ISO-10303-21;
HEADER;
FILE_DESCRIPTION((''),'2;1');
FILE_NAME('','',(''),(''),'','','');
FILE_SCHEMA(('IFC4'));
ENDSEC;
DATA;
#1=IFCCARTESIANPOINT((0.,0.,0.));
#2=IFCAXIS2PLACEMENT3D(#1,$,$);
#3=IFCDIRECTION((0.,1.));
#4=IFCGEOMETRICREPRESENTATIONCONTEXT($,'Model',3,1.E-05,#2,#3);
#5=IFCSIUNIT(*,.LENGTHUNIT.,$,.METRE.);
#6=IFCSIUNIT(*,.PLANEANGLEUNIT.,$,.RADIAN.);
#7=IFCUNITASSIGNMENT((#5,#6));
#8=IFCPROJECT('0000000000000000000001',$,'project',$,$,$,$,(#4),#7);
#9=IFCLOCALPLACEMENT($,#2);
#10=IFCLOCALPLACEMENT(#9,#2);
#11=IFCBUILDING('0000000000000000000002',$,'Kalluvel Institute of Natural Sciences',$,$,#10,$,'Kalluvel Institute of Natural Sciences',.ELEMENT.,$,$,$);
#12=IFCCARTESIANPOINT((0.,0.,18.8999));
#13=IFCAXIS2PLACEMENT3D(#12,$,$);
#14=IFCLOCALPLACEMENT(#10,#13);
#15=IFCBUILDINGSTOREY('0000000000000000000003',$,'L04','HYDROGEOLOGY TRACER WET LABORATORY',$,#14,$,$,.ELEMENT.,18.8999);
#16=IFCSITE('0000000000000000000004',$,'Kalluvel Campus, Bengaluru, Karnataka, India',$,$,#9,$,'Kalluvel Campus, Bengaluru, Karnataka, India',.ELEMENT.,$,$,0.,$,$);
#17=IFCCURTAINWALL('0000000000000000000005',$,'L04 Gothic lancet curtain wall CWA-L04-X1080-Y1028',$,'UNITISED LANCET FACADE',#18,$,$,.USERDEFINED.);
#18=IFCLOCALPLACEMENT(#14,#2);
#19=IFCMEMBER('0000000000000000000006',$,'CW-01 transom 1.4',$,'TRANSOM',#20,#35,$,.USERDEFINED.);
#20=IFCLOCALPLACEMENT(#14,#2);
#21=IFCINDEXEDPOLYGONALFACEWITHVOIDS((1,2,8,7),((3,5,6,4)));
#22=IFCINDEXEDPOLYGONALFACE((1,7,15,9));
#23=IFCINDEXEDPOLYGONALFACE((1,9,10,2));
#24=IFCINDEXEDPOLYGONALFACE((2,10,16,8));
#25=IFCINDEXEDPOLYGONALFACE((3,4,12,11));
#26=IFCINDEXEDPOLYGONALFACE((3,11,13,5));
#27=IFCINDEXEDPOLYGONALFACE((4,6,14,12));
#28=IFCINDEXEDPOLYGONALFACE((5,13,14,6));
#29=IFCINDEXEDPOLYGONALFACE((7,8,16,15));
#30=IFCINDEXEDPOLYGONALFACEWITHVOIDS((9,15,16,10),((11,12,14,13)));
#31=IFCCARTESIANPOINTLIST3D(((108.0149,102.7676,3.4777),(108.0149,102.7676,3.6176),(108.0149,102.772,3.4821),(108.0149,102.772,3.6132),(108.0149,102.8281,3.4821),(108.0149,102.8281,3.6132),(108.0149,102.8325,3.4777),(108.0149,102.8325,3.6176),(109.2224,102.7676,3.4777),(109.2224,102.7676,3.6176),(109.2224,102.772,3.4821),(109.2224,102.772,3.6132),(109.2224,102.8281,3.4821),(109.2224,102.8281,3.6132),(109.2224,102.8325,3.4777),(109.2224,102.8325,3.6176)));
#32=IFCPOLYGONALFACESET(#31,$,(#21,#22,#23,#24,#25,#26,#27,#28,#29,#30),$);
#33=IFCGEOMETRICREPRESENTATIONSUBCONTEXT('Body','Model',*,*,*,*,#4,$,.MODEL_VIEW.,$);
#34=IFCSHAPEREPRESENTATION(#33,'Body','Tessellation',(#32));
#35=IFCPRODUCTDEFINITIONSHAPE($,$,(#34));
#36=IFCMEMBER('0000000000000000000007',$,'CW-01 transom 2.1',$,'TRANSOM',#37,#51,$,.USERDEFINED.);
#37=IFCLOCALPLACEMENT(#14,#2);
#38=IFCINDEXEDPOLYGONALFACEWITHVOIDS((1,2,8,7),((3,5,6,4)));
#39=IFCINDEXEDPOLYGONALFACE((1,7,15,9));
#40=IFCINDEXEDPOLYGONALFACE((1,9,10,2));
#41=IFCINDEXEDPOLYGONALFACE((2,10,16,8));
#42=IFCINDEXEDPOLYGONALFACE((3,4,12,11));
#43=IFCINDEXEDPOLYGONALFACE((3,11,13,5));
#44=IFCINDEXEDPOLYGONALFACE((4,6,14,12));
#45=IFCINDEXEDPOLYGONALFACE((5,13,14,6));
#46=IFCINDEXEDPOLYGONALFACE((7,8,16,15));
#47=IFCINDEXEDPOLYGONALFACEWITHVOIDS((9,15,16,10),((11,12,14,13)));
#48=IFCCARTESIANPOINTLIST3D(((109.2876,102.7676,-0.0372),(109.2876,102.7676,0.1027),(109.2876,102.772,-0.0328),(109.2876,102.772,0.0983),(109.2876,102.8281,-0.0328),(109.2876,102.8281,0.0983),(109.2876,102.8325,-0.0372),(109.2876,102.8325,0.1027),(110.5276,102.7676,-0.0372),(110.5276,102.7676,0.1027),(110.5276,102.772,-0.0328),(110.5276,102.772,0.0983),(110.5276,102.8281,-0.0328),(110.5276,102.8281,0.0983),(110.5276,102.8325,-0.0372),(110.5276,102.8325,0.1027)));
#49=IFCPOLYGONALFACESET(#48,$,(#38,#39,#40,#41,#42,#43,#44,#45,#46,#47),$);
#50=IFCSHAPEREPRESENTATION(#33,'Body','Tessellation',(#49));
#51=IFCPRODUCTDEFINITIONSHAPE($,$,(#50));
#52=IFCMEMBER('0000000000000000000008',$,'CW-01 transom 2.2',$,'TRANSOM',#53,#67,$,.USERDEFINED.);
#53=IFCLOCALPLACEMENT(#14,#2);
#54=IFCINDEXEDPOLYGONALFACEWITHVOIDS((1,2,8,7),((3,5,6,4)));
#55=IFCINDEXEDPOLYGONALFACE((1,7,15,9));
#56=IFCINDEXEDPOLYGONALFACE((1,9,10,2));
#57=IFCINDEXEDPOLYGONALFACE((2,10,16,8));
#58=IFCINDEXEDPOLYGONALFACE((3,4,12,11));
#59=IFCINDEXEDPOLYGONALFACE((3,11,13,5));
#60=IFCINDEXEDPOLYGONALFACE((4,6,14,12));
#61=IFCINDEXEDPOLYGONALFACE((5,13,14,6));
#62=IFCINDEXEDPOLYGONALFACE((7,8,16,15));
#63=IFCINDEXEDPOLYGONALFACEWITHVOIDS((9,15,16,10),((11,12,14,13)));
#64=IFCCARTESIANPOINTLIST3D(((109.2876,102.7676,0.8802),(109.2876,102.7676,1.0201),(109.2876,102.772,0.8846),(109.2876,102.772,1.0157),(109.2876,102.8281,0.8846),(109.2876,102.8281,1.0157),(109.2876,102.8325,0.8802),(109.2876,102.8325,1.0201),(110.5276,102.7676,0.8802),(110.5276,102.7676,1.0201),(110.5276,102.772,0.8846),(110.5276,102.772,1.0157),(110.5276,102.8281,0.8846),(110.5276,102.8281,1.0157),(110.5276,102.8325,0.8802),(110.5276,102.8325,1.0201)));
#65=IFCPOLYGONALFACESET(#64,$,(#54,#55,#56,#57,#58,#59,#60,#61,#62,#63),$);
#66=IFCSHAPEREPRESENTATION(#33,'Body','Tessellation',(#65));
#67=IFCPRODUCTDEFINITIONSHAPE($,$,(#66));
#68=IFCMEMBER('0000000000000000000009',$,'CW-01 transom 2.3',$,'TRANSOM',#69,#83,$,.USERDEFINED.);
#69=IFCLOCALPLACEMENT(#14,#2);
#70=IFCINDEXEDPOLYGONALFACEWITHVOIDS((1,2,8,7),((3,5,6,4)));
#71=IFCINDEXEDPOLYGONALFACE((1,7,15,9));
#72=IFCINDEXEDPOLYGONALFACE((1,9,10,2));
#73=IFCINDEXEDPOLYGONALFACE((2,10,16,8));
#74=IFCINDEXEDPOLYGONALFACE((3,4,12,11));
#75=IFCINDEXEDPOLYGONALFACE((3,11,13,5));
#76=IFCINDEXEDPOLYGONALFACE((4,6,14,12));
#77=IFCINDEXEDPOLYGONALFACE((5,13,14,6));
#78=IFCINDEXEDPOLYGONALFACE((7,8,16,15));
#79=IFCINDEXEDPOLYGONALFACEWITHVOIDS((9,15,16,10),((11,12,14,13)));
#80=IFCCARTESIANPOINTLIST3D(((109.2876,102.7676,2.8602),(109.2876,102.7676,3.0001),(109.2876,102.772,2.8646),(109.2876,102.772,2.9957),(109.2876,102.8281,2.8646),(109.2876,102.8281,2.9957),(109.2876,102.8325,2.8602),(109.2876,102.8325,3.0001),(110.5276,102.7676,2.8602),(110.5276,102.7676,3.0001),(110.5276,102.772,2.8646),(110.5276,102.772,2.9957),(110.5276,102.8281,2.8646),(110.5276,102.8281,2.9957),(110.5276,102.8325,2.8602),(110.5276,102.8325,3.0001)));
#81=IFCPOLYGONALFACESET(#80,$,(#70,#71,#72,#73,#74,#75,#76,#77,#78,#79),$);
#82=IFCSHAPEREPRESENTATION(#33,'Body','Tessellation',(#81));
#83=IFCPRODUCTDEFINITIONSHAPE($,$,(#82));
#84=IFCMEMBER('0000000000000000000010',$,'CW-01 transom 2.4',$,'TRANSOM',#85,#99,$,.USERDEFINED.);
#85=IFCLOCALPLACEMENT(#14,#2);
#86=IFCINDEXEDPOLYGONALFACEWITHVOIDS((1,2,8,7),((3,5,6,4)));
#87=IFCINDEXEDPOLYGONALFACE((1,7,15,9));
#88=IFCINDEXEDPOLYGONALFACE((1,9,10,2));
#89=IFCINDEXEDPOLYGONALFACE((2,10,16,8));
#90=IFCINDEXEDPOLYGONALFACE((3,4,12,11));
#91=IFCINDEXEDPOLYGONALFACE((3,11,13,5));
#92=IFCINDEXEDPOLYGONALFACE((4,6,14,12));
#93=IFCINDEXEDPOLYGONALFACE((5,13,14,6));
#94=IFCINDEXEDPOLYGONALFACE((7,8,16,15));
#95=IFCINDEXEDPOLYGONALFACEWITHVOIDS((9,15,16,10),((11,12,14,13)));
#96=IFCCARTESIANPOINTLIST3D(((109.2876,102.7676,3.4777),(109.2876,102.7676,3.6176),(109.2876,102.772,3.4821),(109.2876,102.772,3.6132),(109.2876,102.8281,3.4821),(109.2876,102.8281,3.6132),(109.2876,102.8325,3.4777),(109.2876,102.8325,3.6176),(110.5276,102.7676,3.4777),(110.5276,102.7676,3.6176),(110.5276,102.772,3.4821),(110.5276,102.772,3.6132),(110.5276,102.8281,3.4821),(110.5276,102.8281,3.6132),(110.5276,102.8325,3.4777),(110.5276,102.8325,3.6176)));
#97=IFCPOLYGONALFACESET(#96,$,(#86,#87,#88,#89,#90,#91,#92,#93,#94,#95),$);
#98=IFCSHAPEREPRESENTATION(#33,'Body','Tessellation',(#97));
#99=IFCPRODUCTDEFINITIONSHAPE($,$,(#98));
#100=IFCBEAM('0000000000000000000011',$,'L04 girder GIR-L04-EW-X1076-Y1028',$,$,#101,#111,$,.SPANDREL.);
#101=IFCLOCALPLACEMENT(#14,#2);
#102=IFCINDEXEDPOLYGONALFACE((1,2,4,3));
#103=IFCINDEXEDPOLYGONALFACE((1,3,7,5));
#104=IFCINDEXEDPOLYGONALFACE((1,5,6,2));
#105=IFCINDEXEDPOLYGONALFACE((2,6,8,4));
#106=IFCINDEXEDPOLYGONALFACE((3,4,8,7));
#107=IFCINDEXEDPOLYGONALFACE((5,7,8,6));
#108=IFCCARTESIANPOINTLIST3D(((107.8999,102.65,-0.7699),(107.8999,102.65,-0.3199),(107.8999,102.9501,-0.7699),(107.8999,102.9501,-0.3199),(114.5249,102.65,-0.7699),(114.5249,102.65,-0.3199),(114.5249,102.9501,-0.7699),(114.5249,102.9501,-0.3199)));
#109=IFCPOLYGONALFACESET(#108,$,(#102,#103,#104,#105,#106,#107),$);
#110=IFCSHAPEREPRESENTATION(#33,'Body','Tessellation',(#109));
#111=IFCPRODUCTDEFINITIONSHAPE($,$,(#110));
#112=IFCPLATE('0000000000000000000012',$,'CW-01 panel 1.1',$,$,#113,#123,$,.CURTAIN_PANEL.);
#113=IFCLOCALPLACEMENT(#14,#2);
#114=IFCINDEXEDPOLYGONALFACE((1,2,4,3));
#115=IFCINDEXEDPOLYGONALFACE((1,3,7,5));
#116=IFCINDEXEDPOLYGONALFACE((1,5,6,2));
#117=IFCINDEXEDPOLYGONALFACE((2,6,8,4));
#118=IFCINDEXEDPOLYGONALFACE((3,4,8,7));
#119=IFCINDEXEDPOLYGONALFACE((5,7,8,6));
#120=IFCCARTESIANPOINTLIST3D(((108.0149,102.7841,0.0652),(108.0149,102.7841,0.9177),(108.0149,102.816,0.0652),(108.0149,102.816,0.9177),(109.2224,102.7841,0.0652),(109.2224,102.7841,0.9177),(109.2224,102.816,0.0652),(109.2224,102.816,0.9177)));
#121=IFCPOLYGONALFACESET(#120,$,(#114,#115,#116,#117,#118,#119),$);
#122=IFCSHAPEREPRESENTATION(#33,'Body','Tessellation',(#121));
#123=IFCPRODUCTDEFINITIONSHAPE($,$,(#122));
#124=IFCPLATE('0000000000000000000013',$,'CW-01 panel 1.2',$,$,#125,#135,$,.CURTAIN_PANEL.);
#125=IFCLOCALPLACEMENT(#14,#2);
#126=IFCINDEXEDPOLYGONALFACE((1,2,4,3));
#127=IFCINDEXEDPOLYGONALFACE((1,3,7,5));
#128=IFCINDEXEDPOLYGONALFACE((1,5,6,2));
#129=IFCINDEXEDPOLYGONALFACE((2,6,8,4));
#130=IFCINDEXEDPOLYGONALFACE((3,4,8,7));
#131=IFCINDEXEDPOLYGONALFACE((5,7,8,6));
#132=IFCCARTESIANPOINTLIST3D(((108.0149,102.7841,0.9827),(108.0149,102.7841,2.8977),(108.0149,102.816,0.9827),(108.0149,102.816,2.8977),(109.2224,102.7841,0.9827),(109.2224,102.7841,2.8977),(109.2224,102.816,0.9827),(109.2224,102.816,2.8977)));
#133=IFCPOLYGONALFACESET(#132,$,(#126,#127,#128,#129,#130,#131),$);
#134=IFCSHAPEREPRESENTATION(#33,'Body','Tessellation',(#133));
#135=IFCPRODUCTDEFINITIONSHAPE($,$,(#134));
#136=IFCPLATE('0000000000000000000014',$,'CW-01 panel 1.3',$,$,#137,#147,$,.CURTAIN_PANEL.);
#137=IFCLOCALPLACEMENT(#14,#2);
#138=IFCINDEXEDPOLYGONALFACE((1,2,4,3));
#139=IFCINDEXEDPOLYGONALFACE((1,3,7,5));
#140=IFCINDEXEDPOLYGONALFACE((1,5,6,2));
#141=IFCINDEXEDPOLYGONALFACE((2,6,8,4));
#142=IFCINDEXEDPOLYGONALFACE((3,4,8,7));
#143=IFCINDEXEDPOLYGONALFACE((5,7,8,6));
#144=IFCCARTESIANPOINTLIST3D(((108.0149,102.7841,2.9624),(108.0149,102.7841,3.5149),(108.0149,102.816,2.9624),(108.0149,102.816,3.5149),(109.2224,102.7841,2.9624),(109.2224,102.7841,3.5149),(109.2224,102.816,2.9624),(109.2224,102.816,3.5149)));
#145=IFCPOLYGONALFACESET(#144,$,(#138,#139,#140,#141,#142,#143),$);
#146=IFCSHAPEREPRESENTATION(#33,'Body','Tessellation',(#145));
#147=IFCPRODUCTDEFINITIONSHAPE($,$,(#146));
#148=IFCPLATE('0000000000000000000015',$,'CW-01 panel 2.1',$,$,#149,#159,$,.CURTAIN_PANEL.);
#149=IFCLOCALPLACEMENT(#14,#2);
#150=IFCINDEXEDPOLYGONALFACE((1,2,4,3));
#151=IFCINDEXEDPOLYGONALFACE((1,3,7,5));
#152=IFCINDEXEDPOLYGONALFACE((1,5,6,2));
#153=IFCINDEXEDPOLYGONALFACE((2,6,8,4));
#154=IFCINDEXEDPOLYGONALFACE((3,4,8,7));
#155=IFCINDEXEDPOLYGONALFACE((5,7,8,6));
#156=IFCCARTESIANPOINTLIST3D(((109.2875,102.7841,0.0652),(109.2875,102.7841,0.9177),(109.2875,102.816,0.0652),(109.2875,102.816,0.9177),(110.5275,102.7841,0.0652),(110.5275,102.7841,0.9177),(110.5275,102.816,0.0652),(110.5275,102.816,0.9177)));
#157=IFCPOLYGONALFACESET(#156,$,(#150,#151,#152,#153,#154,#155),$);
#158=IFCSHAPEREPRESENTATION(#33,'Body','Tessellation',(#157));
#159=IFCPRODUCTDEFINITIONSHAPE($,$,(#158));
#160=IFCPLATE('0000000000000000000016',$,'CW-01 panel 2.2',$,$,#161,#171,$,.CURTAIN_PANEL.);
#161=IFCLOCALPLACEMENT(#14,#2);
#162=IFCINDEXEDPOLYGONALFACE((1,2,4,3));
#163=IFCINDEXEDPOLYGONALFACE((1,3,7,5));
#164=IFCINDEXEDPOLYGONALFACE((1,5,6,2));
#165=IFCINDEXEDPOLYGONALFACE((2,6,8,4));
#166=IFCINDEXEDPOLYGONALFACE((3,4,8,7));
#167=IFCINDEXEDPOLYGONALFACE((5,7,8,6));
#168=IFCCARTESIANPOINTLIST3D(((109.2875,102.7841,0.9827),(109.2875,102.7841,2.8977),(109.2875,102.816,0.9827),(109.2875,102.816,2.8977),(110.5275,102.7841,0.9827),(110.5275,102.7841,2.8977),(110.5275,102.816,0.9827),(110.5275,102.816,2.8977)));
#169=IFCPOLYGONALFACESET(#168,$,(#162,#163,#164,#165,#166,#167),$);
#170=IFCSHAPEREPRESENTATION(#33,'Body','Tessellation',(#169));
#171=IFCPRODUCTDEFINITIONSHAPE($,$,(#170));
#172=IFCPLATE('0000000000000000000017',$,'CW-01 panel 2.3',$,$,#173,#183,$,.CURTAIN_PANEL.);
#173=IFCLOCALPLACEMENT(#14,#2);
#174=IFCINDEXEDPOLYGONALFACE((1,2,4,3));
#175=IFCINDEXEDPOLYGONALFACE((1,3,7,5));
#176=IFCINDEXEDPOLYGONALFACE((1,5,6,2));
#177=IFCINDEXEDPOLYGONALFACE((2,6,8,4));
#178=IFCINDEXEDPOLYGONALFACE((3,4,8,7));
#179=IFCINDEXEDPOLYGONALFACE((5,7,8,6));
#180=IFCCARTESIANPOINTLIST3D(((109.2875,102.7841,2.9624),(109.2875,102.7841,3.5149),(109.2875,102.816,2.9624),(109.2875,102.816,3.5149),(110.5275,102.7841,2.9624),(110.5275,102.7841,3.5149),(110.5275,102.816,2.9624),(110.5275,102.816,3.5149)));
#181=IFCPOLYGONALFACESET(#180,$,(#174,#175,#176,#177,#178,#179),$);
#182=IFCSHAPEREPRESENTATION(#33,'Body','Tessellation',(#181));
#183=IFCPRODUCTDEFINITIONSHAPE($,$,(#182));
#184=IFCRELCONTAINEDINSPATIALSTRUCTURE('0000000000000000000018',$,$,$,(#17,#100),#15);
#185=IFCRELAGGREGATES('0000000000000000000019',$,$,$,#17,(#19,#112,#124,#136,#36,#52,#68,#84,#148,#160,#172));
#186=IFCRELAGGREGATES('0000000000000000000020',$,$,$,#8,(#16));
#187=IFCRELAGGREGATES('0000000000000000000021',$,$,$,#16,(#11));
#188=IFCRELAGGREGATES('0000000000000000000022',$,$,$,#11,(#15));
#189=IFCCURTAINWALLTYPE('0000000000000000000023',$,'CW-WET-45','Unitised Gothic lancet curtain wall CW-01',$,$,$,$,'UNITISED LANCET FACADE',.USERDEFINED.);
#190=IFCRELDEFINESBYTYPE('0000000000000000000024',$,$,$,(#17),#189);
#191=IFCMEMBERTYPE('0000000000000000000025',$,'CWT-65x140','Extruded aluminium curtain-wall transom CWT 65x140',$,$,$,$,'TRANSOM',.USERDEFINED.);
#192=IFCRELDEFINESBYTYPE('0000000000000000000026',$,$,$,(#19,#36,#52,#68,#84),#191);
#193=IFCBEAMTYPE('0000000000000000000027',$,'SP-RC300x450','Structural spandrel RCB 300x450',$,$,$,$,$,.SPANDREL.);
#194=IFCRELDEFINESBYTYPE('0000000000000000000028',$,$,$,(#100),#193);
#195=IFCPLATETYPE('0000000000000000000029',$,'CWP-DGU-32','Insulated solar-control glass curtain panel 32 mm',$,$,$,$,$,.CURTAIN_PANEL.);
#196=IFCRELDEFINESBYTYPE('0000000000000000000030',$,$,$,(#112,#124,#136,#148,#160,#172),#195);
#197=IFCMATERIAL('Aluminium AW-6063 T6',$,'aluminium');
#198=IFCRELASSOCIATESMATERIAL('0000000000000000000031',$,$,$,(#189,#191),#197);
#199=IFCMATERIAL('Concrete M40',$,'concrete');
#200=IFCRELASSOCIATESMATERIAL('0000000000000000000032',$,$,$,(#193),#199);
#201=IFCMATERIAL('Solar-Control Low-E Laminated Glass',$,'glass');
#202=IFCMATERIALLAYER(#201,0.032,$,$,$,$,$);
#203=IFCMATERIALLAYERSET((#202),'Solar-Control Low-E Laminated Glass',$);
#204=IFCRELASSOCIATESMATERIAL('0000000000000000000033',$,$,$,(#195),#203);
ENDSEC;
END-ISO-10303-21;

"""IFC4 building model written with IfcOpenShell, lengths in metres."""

from ifc_helpers import new_model, si_unit, direction, frame, origin, origin_2d, place, context, subcontext, project, spatial, rectangle, hollow_rectangle, extrude, material, layer, layer_set, material_profile, profile_set, type_object, element, aggregate, save


model = new_model("IFC4")

# Units and contexts
model_context = context("Model", 3, precision=1e-05, world=origin(), true_north=direction((0.0, 1.0)))
body_context = subcontext(model_context, "Body", "Model", "MODEL_VIEW")
ifc_project = project(units=[si_unit("LENGTHUNIT", "METRE"), si_unit("PLANEANGLEUNIT", "RADIAN")], contexts=[model_context])

# Site, building, storey
site_placement = place(None, origin())
site = spatial("IfcSite", under=ifc_project, at=site_placement, Name="Kalluvel Campus, Bengaluru, Karnataka, India", LongName="Kalluvel Campus, Bengaluru, Karnataka, India", CompositionType="ELEMENT", RefElevation=0.0)
building_placement = place(site_placement, origin())
building = spatial("IfcBuilding", under=site, at=building_placement, Name="Kalluvel Institute of Natural Sciences", LongName="Kalluvel Institute of Natural Sciences", CompositionType="ELEMENT")
storey_placement = place(building_placement, frame((0.0, 0.0, 18.8999)))
storey = spatial("IfcBuildingStorey", under=building, at=storey_placement, Name="L04", Description="HYDROGEOLOGY TRACER WET LABORATORY", CompositionType="ELEMENT", Elevation=18.8999)

# Shared definitions
ifc_material_1 = material(Name="Concrete M40", Category="concrete")

# Curtain wall, members
ifc_material_2 = material(Name="Aluminium AW-6063 T6", Category="aluminium")
curtain_wall_type = type_object("IfcCurtainWallType", Name="CW-WET-45", Description="Unitised Gothic lancet curtain wall CW-01", ElementType="UNITISED LANCET FACADE", PredefinedType="USERDEFINED", material=ifc_material_2)
curtain_wall_placement = place(storey_placement, origin())
curtain_wall = element("IfcCurtainWall", 1, at=curtain_wall_placement, inside=storey, type_object=curtain_wall_type, Name="L04 Gothic lancet curtain wall CWA-L04-X1080-Y1028", ObjectType="UNITISED LANCET FACADE", PredefinedType="USERDEFINED")
ifc_material_profile_1 = material_profile(ifc_material_2, hollow_rectangle(XDim=0.0649, YDim=0.1399, WallThickness=0.0044, at=origin_2d()), Name="CWT 65x140")
ifc_profile_set_1 = profile_set([ifc_material_profile_1], Name="Aluminium AW-6063 T6")
member_type_1 = type_object("IfcMemberType", Name="CWT-65x140", Description="Extruded aluminium curtain-wall transom CWT 65x140", ElementType="TRANSOM", PredefinedType="USERDEFINED", material=ifc_profile_set_1)
member_1_placement = place(storey_placement, frame((108.0149, 102.8, 3.5476), z_axis=(1.0, 0.0, 0.0), x_axis=(0.0, 1.0, 0.0)))
member_1 = element("IfcMember", 2, at=member_1_placement, type_object=member_type_1, Name="CW-01 transom 1.4", ObjectType="TRANSOM", PredefinedType="USERDEFINED", context=body_context, shape_type="SweptSolid", body=[
    extrude(hollow_rectangle(XDim=0.0649, YDim=0.1399, WallThickness=0.0044, at=origin_2d()), origin(), (0.0, 0.0, 1.0), 1.2075),
])
member_2_placement = place(storey_placement, frame((109.2876, 102.8, 0.0327), z_axis=(1.0, 0.0, 0.0), x_axis=(0.0, 1.0, 0.0)))
member_2 = element("IfcMember", 3, at=member_2_placement, type_object=member_type_1, Name="CW-01 transom 2.1", ObjectType="TRANSOM", PredefinedType="USERDEFINED", context=body_context, shape_type="SweptSolid", body=[
    extrude(hollow_rectangle(XDim=0.0649, YDim=0.1399, WallThickness=0.0044, at=origin_2d()), origin(), (0.0, 0.0, 1.0), 1.24),
])
member_3_placement = place(storey_placement, frame((109.2876, 102.8, 0.9502), z_axis=(1.0, 0.0, 0.0), x_axis=(0.0, 1.0, 0.0)))
member_3 = element("IfcMember", 4, at=member_3_placement, type_object=member_type_1, Name="CW-01 transom 2.2", ObjectType="TRANSOM", PredefinedType="USERDEFINED", context=body_context, shape_type="SweptSolid", body=[
    extrude(hollow_rectangle(XDim=0.0649, YDim=0.1399, WallThickness=0.0044, at=origin_2d()), origin(), (0.0, 0.0, 1.0), 1.24),
])
member_4_placement = place(storey_placement, frame((109.2876, 102.8, 2.9302), z_axis=(1.0, 0.0, 0.0), x_axis=(0.0, 1.0, 0.0)))
member_4 = element("IfcMember", 5, at=member_4_placement, type_object=member_type_1, Name="CW-01 transom 2.3", ObjectType="TRANSOM", PredefinedType="USERDEFINED", context=body_context, shape_type="SweptSolid", body=[
    extrude(hollow_rectangle(XDim=0.0649, YDim=0.1399, WallThickness=0.0044, at=origin_2d()), origin(), (0.0, 0.0, 1.0), 1.24),
])
member_5_placement = place(storey_placement, frame((109.2876, 102.8, 3.5476), z_axis=(1.0, 0.0, 0.0), x_axis=(0.0, 1.0, 0.0)))
member_5 = element("IfcMember", 6, at=member_5_placement, type_object=member_type_1, Name="CW-01 transom 2.4", ObjectType="TRANSOM", PredefinedType="USERDEFINED", context=body_context, shape_type="SweptSolid", body=[
    extrude(hollow_rectangle(XDim=0.0649, YDim=0.1399, WallThickness=0.0044, at=origin_2d()), origin(), (0.0, 0.0, 1.0), 1.24),
])

# Beam
ifc_material_profile_2 = material_profile(ifc_material_1, rectangle(XDim=0.3, YDim=0.45, at=origin_2d()), Name="RCB 300x450")
ifc_profile_set_2 = profile_set([ifc_material_profile_2], Name="Concrete M40")
beam_type_1 = type_object("IfcBeamType", Name="SP-RC300x450", Description="Structural spandrel RCB 300x450", PredefinedType="SPANDREL", material=ifc_profile_set_2)
beam_1_placement = place(storey_placement, frame((107.8999, 102.8, -0.5449), z_axis=(1.0, 0.0, 0.0), x_axis=(0.0, 1.0, 0.0)))
element("IfcBeam", 7, at=beam_1_placement, inside=storey, type_object=beam_type_1, Name="L04 girder GIR-L04-EW-X1076-Y1028", PredefinedType="SPANDREL", context=body_context, shape_type="SweptSolid", body=[
    extrude(rectangle(XDim=0.3, YDim=0.45, at=origin_2d()), origin(), (0.0, 0.0, 1.0), 6.625),
])

# Plates
ifc_material_3 = material(Name="Solar-Control Low-E Laminated Glass", Category="glass")
ifc_layer = layer(ifc_material_3, 0.032)
ifc_layer_set = layer_set([ifc_layer], Name="Solar-Control Low-E Laminated Glass")
plate_type = type_object("IfcPlateType", Name="CWP-DGU-32", Description="Insulated solar-control glass curtain panel 32 mm", PredefinedType="CURTAIN_PANEL", material=ifc_layer_set)
plate_1_placement = place(storey_placement, frame((108.6187, 102.8, 0.0652), z_axis=(0.0, 0.0, 1.0), x_axis=(1.0, 0.0, 0.0)))
plate_1 = element("IfcPlate", 8, at=plate_1_placement, type_object=plate_type, Name="CW-01 panel 1.1", PredefinedType="CURTAIN_PANEL", context=body_context, shape_type="SweptSolid", body=[
    extrude(rectangle(XDim=1.2075, YDim=0.032, at=origin_2d()), origin(), (0.0, 0.0, 1.0), 0.8525),
])
plate_2_placement = place(storey_placement, frame((108.6187, 102.8, 0.9827), z_axis=(0.0, 0.0, 1.0), x_axis=(1.0, 0.0, 0.0)))
plate_2 = element("IfcPlate", 9, at=plate_2_placement, type_object=plate_type, Name="CW-01 panel 1.2", PredefinedType="CURTAIN_PANEL", context=body_context, shape_type="SweptSolid", body=[
    extrude(rectangle(XDim=1.2075, YDim=0.032, at=origin_2d()), origin(), (0.0, 0.0, 1.0), 1.915),
])
plate_3_placement = place(storey_placement, frame((108.6187, 102.8, 2.9624), z_axis=(0.0, 0.0, 1.0), x_axis=(1.0, 0.0, 0.0)))
plate_3 = element("IfcPlate", 10, at=plate_3_placement, type_object=plate_type, Name="CW-01 panel 1.3", PredefinedType="CURTAIN_PANEL", context=body_context, shape_type="SweptSolid", body=[
    extrude(rectangle(XDim=1.2075, YDim=0.032, at=origin_2d()), origin(), (0.0, 0.0, 1.0), 0.5525),
])
plate_4_placement = place(storey_placement, frame((109.9075, 102.8, 0.0652), z_axis=(0.0, 0.0, 1.0), x_axis=(1.0, 0.0, 0.0)))
plate_4 = element("IfcPlate", 11, at=plate_4_placement, type_object=plate_type, Name="CW-01 panel 2.1", PredefinedType="CURTAIN_PANEL", context=body_context, shape_type="SweptSolid", body=[
    extrude(rectangle(XDim=1.24, YDim=0.032, at=origin_2d()), origin(), (0.0, 0.0, 1.0), 0.8525),
])
plate_5_placement = place(storey_placement, frame((109.9075, 102.8, 0.9827), z_axis=(0.0, 0.0, 1.0), x_axis=(1.0, 0.0, 0.0)))
plate_5 = element("IfcPlate", 12, at=plate_5_placement, type_object=plate_type, Name="CW-01 panel 2.2", PredefinedType="CURTAIN_PANEL", context=body_context, shape_type="SweptSolid", body=[
    extrude(rectangle(XDim=1.24, YDim=0.032, at=origin_2d()), origin(), (0.0, 0.0, 1.0), 1.915),
])
plate_6_placement = place(storey_placement, frame((109.9075, 102.8, 2.9624), z_axis=(0.0, 0.0, 1.0), x_axis=(1.0, 0.0, 0.0)))
plate_6 = element("IfcPlate", 13, at=plate_6_placement, type_object=plate_type, Name="CW-01 panel 2.3", PredefinedType="CURTAIN_PANEL", context=body_context, shape_type="SweptSolid", body=[
    extrude(rectangle(XDim=1.24, YDim=0.032, at=origin_2d()), origin(), (0.0, 0.0, 1.0), 0.5525),
])
aggregate(curtain_wall, [member_1, plate_1, plate_2, plate_3, member_2, member_3, member_4, member_5, plate_4, plate_5, plate_6])

save(model, "model.ifc")
